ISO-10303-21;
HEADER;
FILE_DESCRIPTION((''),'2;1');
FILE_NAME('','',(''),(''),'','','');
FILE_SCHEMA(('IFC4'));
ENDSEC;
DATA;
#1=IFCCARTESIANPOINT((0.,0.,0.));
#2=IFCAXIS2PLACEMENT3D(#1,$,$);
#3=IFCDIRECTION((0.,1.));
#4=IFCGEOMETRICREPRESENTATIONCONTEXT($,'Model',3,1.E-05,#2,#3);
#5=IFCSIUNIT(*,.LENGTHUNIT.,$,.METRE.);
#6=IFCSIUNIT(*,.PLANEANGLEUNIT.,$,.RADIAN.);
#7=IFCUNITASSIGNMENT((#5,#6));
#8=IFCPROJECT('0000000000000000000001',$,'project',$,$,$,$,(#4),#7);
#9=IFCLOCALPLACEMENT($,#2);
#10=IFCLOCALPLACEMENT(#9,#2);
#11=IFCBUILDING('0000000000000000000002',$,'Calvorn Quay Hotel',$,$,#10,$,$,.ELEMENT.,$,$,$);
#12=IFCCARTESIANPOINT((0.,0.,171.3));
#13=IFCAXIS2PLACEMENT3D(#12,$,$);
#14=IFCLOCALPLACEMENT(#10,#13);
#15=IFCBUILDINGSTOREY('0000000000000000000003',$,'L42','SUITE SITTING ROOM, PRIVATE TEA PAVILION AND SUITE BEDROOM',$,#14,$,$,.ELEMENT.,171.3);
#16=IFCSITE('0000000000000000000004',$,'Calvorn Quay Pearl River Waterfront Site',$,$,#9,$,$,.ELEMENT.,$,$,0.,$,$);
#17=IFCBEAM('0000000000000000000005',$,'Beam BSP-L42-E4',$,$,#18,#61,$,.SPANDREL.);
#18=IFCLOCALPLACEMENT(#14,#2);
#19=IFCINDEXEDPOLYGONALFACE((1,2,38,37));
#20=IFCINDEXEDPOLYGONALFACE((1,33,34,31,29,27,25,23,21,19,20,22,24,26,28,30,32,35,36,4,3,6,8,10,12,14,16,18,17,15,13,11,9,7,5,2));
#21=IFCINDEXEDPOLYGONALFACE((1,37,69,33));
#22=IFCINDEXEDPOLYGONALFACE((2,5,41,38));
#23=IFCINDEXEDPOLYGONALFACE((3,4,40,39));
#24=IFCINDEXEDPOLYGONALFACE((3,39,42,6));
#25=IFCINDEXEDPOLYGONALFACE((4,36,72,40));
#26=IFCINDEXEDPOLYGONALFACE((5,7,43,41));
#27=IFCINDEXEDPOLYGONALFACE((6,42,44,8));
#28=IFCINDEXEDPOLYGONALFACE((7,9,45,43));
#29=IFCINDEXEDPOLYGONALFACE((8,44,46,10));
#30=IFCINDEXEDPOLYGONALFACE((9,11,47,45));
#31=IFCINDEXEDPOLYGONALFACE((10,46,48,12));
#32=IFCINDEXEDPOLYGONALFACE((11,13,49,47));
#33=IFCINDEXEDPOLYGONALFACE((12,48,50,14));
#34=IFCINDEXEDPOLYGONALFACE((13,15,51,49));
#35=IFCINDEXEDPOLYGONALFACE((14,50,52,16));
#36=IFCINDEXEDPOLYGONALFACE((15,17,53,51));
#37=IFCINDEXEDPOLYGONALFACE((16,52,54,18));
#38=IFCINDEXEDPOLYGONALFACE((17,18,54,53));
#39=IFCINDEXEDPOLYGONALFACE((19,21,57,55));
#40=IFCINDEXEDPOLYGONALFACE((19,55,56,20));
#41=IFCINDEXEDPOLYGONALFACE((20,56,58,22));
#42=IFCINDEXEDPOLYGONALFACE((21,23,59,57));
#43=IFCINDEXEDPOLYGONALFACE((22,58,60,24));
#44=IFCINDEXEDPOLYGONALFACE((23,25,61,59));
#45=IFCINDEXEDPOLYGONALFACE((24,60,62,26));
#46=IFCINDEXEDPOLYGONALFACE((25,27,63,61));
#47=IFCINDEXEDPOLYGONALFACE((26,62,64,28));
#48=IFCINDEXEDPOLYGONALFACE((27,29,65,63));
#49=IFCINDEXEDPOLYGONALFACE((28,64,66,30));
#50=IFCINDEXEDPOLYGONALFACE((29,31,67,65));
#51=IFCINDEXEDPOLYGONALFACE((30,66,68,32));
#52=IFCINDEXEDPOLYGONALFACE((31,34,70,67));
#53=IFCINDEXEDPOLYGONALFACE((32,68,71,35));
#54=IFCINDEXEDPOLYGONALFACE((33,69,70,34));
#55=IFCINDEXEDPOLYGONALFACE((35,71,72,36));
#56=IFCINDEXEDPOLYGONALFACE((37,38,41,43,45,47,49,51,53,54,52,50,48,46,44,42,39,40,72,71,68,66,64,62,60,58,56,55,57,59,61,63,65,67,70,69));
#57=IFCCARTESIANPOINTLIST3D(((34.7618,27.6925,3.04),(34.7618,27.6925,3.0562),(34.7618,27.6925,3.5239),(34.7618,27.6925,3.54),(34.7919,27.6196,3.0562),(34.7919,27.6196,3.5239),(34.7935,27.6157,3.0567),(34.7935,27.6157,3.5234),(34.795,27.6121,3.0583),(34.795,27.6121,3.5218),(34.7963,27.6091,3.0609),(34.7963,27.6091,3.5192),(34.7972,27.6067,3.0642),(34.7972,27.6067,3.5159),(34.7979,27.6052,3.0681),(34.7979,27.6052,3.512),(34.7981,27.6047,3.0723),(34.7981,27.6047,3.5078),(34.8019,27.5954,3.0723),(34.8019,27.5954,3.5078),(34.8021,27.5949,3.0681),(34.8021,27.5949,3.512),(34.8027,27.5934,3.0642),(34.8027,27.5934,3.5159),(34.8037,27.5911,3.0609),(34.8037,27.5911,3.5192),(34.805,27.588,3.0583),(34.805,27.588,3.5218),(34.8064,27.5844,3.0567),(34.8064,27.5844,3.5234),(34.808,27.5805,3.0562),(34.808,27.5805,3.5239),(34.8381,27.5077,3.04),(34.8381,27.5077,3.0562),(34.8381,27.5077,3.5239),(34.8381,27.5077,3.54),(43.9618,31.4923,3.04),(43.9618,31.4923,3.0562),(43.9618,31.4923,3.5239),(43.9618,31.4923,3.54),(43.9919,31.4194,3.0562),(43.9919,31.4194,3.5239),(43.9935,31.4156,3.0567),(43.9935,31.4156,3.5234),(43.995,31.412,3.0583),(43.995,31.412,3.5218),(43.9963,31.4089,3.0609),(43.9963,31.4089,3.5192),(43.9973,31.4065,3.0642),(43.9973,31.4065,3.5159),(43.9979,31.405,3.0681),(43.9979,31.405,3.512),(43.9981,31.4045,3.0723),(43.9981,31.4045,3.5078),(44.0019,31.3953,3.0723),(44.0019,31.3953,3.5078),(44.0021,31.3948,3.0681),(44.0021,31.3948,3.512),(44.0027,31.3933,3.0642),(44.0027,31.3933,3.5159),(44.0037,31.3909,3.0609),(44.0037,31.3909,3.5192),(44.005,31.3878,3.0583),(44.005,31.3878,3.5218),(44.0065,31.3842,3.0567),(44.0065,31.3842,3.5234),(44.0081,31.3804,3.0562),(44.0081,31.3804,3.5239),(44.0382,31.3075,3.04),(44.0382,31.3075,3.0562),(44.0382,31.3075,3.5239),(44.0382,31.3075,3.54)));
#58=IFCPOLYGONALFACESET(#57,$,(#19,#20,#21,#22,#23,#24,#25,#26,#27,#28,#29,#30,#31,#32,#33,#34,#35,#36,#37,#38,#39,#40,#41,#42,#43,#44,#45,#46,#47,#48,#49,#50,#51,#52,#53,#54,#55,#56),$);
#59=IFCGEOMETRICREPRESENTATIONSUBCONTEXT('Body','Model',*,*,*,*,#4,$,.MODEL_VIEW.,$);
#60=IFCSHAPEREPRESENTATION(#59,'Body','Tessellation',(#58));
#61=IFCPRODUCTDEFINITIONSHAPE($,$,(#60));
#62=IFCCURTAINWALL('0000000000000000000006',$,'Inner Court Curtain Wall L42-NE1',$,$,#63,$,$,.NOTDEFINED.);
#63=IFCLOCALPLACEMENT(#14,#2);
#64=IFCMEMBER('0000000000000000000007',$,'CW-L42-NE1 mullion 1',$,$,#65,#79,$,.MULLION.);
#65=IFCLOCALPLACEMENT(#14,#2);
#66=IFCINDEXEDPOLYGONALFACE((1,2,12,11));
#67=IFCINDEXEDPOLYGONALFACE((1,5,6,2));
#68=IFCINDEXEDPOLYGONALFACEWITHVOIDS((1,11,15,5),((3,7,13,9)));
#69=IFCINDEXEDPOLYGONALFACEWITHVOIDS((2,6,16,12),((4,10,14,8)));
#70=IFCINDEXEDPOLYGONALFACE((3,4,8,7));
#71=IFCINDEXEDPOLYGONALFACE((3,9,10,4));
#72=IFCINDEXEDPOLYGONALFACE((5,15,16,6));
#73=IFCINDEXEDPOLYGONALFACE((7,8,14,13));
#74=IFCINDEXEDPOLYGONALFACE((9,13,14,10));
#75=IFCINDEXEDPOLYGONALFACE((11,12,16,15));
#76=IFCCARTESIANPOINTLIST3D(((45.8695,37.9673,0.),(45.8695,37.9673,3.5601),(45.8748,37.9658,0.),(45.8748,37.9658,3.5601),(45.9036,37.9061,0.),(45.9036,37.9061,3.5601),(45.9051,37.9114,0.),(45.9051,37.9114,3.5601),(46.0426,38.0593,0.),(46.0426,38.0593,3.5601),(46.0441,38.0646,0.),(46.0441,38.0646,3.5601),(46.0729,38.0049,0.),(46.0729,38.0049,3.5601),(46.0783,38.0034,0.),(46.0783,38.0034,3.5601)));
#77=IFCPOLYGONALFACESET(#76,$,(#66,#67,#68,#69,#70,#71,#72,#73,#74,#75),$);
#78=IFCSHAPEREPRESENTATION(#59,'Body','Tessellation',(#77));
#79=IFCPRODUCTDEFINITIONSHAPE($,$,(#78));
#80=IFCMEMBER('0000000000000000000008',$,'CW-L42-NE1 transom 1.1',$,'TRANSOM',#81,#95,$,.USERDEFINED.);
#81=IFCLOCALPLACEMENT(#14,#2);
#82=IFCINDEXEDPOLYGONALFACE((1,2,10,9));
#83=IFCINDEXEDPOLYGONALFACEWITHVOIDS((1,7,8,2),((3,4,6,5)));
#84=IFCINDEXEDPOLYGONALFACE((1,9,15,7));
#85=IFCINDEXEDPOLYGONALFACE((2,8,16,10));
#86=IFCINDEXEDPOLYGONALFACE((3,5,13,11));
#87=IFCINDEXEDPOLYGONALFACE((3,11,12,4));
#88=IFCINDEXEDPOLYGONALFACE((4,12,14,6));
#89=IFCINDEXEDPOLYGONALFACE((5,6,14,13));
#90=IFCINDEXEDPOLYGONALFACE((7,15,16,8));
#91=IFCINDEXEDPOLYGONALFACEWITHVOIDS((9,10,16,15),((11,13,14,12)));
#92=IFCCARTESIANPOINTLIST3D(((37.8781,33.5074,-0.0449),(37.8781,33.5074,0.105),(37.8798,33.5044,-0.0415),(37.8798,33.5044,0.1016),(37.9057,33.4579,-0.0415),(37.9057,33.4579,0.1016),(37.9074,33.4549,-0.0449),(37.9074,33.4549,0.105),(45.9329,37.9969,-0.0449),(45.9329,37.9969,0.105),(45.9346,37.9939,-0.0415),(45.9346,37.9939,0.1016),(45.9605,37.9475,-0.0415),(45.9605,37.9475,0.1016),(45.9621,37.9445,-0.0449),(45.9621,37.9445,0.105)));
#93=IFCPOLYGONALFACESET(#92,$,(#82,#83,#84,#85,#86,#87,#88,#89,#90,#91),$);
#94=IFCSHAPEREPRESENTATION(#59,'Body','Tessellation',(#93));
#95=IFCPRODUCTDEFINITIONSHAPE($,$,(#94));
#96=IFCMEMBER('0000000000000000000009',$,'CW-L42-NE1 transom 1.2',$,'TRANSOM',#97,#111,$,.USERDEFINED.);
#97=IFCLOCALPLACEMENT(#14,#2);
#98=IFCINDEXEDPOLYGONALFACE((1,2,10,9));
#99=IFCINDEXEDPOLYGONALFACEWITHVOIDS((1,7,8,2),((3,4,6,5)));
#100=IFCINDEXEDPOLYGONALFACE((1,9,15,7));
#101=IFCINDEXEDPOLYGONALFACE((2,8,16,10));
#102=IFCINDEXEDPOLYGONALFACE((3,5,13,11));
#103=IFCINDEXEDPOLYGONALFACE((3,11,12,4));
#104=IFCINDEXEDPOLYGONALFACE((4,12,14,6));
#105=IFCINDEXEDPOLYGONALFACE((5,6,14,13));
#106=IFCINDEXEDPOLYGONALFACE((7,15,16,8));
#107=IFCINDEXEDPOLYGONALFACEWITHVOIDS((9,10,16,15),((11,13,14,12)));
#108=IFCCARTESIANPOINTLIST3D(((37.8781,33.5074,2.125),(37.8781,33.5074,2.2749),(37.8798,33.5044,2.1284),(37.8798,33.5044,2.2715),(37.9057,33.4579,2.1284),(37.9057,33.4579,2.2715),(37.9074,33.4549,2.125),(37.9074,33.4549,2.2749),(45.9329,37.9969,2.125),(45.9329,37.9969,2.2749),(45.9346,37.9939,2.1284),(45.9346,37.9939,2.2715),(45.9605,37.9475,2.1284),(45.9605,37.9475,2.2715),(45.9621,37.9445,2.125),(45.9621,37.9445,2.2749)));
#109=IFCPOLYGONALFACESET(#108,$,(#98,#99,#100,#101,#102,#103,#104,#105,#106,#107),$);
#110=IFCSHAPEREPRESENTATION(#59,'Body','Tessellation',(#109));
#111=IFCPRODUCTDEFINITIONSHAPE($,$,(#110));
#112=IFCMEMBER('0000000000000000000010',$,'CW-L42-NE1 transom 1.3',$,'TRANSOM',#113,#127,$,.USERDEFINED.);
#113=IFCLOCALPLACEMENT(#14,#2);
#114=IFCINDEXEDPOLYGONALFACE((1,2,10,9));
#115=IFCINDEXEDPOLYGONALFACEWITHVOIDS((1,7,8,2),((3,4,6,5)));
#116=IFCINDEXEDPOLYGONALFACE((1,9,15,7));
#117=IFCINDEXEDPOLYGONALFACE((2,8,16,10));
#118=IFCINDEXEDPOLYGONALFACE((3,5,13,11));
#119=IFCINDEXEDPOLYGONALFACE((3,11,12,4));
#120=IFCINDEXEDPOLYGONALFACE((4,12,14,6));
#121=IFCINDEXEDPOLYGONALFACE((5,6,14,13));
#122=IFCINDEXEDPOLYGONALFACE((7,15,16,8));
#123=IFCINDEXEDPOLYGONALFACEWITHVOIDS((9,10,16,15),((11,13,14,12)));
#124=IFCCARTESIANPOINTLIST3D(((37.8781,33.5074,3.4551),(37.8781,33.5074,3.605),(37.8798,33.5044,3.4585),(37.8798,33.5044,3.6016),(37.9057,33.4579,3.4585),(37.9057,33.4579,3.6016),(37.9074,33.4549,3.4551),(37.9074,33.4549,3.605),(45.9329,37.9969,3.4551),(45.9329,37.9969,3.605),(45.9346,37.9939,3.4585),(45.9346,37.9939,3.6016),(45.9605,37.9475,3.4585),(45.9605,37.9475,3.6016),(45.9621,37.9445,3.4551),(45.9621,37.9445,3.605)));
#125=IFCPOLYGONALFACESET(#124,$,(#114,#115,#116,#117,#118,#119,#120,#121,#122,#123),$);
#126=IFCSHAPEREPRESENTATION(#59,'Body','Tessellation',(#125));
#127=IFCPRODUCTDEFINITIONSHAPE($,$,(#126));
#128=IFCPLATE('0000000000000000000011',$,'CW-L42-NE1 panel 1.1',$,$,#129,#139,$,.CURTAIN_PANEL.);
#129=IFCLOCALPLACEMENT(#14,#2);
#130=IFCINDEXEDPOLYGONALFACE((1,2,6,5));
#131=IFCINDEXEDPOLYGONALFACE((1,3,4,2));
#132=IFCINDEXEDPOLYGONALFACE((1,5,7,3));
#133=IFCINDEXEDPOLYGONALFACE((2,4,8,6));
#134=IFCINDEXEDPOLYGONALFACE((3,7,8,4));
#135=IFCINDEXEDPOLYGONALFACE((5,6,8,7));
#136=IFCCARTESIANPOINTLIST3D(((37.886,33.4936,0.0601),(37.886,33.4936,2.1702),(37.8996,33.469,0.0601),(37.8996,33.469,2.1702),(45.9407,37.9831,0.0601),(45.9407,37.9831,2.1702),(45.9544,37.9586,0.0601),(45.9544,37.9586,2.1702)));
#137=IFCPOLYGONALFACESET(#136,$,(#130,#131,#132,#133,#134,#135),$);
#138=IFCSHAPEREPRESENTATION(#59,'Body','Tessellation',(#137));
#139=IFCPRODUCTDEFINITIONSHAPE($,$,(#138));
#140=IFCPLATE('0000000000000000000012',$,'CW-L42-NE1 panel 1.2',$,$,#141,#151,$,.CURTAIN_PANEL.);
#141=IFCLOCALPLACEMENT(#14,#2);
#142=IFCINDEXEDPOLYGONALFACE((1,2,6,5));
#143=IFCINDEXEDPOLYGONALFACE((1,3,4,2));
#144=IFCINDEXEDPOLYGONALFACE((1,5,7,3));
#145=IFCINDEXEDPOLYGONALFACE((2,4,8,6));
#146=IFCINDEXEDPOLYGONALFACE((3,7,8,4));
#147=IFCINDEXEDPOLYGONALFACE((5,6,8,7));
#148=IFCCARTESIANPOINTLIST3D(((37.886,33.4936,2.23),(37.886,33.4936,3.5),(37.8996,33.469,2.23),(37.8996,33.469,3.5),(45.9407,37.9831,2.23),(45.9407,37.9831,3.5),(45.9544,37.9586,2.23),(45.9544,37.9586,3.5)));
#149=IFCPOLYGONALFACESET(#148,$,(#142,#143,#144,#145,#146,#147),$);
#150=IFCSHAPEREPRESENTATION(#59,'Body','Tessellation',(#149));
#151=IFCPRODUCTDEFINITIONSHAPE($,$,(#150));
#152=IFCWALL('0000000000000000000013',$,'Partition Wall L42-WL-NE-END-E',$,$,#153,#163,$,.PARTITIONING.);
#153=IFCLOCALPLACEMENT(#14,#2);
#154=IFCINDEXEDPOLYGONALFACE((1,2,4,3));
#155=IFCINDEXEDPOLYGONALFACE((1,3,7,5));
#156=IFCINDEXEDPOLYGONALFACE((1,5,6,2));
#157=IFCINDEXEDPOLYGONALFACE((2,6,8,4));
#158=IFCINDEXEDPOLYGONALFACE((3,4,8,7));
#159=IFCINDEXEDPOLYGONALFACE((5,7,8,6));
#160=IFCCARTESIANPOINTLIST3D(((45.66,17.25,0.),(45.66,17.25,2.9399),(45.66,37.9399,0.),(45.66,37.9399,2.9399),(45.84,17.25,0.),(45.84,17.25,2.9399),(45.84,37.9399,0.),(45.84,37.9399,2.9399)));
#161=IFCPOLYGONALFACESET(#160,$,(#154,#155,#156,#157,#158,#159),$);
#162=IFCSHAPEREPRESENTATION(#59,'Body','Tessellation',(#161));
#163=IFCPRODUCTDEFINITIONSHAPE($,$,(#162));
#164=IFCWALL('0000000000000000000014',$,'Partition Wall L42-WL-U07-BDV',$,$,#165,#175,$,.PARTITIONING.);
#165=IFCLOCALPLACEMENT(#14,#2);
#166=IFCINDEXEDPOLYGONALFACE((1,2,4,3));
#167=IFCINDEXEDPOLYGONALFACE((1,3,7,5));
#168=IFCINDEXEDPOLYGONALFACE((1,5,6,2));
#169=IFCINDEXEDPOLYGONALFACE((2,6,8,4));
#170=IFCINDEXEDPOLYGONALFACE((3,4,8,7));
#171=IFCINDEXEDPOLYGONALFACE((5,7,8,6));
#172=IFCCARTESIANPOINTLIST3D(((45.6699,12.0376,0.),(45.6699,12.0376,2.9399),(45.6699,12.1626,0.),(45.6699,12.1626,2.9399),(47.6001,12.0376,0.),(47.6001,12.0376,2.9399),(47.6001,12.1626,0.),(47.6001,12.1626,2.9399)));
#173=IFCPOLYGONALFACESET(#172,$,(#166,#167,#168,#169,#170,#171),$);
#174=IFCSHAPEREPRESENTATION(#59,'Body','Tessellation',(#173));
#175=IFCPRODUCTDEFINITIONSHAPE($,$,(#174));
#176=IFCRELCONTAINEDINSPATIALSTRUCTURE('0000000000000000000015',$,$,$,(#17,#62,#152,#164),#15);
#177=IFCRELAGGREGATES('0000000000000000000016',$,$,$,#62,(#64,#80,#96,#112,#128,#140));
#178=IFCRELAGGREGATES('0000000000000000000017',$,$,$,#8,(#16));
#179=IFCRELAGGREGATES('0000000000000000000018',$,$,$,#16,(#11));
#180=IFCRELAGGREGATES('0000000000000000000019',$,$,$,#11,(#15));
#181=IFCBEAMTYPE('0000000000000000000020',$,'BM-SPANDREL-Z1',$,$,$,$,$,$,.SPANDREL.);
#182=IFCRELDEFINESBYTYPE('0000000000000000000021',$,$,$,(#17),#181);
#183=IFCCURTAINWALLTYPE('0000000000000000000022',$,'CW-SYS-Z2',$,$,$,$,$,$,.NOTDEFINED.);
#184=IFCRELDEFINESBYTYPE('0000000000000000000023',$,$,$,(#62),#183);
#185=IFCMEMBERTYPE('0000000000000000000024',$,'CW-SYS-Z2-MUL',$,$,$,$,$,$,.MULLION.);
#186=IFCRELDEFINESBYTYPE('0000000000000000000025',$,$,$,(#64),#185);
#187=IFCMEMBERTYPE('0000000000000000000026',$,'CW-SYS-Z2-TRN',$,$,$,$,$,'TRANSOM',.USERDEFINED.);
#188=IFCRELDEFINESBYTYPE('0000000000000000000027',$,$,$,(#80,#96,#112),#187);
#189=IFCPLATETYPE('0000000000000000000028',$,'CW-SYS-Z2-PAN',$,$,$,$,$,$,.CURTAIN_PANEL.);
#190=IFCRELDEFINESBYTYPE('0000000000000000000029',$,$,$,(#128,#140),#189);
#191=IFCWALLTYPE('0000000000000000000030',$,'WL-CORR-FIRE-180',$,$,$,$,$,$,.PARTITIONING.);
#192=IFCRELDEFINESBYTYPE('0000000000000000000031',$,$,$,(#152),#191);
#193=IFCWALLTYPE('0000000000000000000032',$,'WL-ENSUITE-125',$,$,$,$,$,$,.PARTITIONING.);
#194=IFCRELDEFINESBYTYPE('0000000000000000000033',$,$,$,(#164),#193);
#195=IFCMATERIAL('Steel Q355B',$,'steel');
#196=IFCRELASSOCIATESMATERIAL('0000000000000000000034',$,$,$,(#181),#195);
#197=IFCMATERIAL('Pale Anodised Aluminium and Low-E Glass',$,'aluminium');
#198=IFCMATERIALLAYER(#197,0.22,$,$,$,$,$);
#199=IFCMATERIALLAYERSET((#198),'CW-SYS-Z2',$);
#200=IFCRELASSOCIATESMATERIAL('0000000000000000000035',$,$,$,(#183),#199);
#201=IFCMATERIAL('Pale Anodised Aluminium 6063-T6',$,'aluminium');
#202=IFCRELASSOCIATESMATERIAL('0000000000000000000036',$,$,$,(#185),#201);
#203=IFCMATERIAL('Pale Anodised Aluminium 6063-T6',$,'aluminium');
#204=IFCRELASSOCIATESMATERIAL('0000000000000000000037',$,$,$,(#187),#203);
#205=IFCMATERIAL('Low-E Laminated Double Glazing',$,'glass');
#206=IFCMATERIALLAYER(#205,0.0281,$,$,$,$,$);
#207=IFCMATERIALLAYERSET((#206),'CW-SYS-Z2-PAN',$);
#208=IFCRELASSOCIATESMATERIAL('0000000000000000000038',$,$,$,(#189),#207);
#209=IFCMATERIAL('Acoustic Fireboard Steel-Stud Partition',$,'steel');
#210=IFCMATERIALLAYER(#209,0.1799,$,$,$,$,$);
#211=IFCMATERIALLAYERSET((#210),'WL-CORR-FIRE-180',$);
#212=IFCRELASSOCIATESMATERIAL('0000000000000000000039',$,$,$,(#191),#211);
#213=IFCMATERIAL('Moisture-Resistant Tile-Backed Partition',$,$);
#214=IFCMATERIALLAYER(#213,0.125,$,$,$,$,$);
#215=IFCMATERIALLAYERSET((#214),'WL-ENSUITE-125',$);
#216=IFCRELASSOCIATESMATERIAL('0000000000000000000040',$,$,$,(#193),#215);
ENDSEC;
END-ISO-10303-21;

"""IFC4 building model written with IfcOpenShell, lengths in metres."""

from ifc_helpers import new_model, si_unit, direction, frame, frame_2d, origin, origin_2d, place, context, subcontext, project, spatial, rectangle, hollow_rectangle, i_section, extrude, material, layer, layer_set, material_profile, profile_set, type_object, element, aggregate, save


model = new_model("IFC4")

# Units and contexts
model_context = context("Model", 3, precision=1e-05, world=origin(), true_north=direction((0.0, 1.0)))
body_context = subcontext(model_context, "Body", "Model", "MODEL_VIEW")
ifc_project = project(units=[si_unit("LENGTHUNIT", "METRE"), si_unit("PLANEANGLEUNIT", "RADIAN")], contexts=[model_context])

# Site, building, storey
site_placement = place(None, origin())
site = spatial("IfcSite", under=ifc_project, at=site_placement, Name="Calvorn Quay Pearl River Waterfront Site", CompositionType="ELEMENT", RefElevation=0.0)
building_placement = place(site_placement, origin())
building = spatial("IfcBuilding", under=site, at=building_placement, Name="Calvorn Quay Hotel", CompositionType="ELEMENT")
storey_placement = place(building_placement, frame((0.0, 0.0, 171.3)))
storey = spatial("IfcBuildingStorey", under=building, at=storey_placement, Name="L42", Description="SUITE SITTING ROOM, PRIVATE TEA PAVILION AND SUITE BEDROOM", CompositionType="ELEMENT", Elevation=171.3)

# Beam
ifc_material_1 = material(Name="Steel Q355B", Category="steel")
ifc_material_profile_1 = material_profile(ifc_material_1, i_section(OverallWidth=0.2, OverallDepth=0.5, WebThickness=0.01, FlangeThickness=0.0161, FilletRadius=0.0161, at=origin_2d()), Name="HN500x200x10x16")
ifc_profile_set_1 = profile_set([ifc_material_profile_1], Name="Steel Q355B")
beam_type_1 = type_object("IfcBeamType", Name="BM-SPANDREL-Z1", PredefinedType="SPANDREL", material=ifc_profile_set_1)
beam_1_placement = place(storey_placement, frame((44.0, 31.3999, 3.29), z_axis=(-0.924268, -0.381745, 0.0), x_axis=(0.381745, -0.924268, 0.0)))
element("IfcBeam", 1, at=beam_1_placement, inside=storey, type_object=beam_type_1, Name="Beam BSP-L42-E4", PredefinedType="SPANDREL", context=body_context, shape_type="SweptSolid", body=[
    extrude(i_section(OverallWidth=0.2, OverallDepth=0.5, WebThickness=0.01, FlangeThickness=0.0161, FilletRadius=0.0161, at=origin_2d()), origin(), (0.0, 0.0, 1.0), 9.9539),
])

# Curtain wall, members, plates
ifc_material_2 = material(Name="Pale Anodised Aluminium and Low-E Glass", Category="aluminium")
ifc_layer_1 = layer(ifc_material_2, 0.22)
ifc_layer_set_1 = layer_set([ifc_layer_1], Name="CW-SYS-Z2")
curtain_wall_type = type_object("IfcCurtainWallType", Name="CW-SYS-Z2", PredefinedType="NOTDEFINED", material=ifc_layer_set_1)
curtain_wall_placement = place(storey_placement, origin())
curtain_wall = element("IfcCurtainWall", 2, at=curtain_wall_placement, inside=storey, type_object=curtain_wall_type, Name="Inner Court Curtain Wall L42-NE1", PredefinedType="NOTDEFINED")
ifc_material_3 = material(Name="Pale Anodised Aluminium 6063-T6", Category="aluminium")
ifc_material_profile_2 = material_profile(ifc_material_3, hollow_rectangle(XDim=0.0701, YDim=0.2, WallThickness=0.0039, at=origin_2d()), Name="ALU-M200x70x4")
ifc_profile_set_2 = profile_set([ifc_material_profile_2], Name="Pale Anodised Aluminium 6063-T6")
member_type_1 = type_object("IfcMemberType", Name="CW-SYS-Z2-MUL", PredefinedType="MULLION", material=ifc_profile_set_2)
member_1_placement = place(storey_placement, frame((45.9739, 37.9854, 0.0), z_axis=(0.0, 0.0, 1.0), x_axis=(0.486858, -0.873481, 0.0)))
member_1 = element("IfcMember", 3, at=member_1_placement, type_object=member_type_1, Name="CW-L42-NE1 mullion 1", PredefinedType="MULLION", context=body_context, shape_type="SweptSolid", body=[
    extrude(hollow_rectangle(XDim=0.0701, YDim=0.2, WallThickness=0.0039, at=origin_2d()), origin(), (0.0, 0.0, 1.0), 3.5601),
])
ifc_material_4 = material(Name="Pale Anodised Aluminium 6063-T6", Category="aluminium")
ifc_material_profile_3 = material_profile(ifc_material_4, hollow_rectangle(XDim=0.0601, YDim=0.1499, WallThickness=0.0034, at=origin_2d()), Name="ALU-T150x60x3.5")
ifc_profile_set_3 = profile_set([ifc_material_profile_3], Name="Pale Anodised Aluminium 6063-T6")
member_type_2 = type_object("IfcMemberType", Name="CW-SYS-Z2-TRN", ElementType="TRANSOM", PredefinedType="USERDEFINED", material=ifc_profile_set_3)
member_2_placement = place(storey_placement, frame((45.9475, 37.9707, 0.03), z_axis=(-0.873481, -0.486859, 0.0), x_axis=(0.486859, -0.873481, 0.0)))
member_2 = element("IfcMember", 4, at=member_2_placement, type_object=member_type_2, Name="CW-L42-NE1 transom 1.1", ObjectType="TRANSOM", PredefinedType="USERDEFINED", context=body_context, shape_type="SweptSolid", body=[
    extrude(hollow_rectangle(XDim=0.0601, YDim=0.1499, WallThickness=0.0034, at=origin_2d()), origin(), (0.0, 0.0, 1.0), 9.2214),
])
member_3_placement = place(storey_placement, frame((45.9475, 37.9707, 2.2), z_axis=(-0.873481, -0.486859, 0.0), x_axis=(0.486859, -0.873481, 0.0)))
member_3 = element("IfcMember", 5, at=member_3_placement, type_object=member_type_2, Name="CW-L42-NE1 transom 1.2", ObjectType="TRANSOM", PredefinedType="USERDEFINED", context=body_context, shape_type="SweptSolid", body=[
    extrude(hollow_rectangle(XDim=0.0601, YDim=0.1499, WallThickness=0.0034, at=origin_2d()), origin(), (0.0, 0.0, 1.0), 9.2214),
])
member_4_placement = place(storey_placement, frame((45.9475, 37.9707, 3.53), z_axis=(-0.873481, -0.486859, 0.0), x_axis=(0.486859, -0.873481, 0.0)))
member_4 = element("IfcMember", 6, at=member_4_placement, type_object=member_type_2, Name="CW-L42-NE1 transom 1.3", ObjectType="TRANSOM", PredefinedType="USERDEFINED", context=body_context, shape_type="SweptSolid", body=[
    extrude(hollow_rectangle(XDim=0.0601, YDim=0.1499, WallThickness=0.0034, at=origin_2d()), origin(), (0.0, 0.0, 1.0), 9.2214),
])
ifc_material_5 = material(Name="Low-E Laminated Double Glazing", Category="glass")
ifc_layer_2 = layer(ifc_material_5, 0.0281)
ifc_layer_set_2 = layer_set([ifc_layer_2], Name="CW-SYS-Z2-PAN")
plate_type = type_object("IfcPlateType", Name="CW-SYS-Z2-PAN", PredefinedType="CURTAIN_PANEL", material=ifc_layer_set_2)
plate_1_placement = place(storey_placement, frame((41.9202, 35.7261, 0.0601), z_axis=(0.0, 0.0, 1.0), x_axis=(-0.873481, -0.486858, 0.0)))
plate_1 = element("IfcPlate", 7, at=plate_1_placement, type_object=plate_type, Name="CW-L42-NE1 panel 1.1", PredefinedType="CURTAIN_PANEL", context=body_context, shape_type="SweptSolid", body=[
    extrude(rectangle(XDim=9.2214, YDim=0.0281, at=origin_2d()), origin(), (0.0, 0.0, 1.0), 2.1101),
])
plate_2_placement = place(storey_placement, frame((41.9202, 35.7261, 2.23), z_axis=(0.0, 0.0, 1.0), x_axis=(-0.873481, -0.486858, 0.0)))
plate_2 = element("IfcPlate", 8, at=plate_2_placement, type_object=plate_type, Name="CW-L42-NE1 panel 1.2", PredefinedType="CURTAIN_PANEL", context=body_context, shape_type="SweptSolid", body=[
    extrude(rectangle(XDim=9.2214, YDim=0.0281, at=origin_2d()), origin(), (0.0, 0.0, 1.0), 1.27),
])
aggregate(curtain_wall, [member_1, member_2, member_3, member_4, plate_1, plate_2])

# Walls
ifc_material_6 = material(Name="Acoustic Fireboard Steel-Stud Partition", Category="steel")
ifc_layer_3 = layer(ifc_material_6, 0.1799)
ifc_layer_set_3 = layer_set([ifc_layer_3], Name="WL-CORR-FIRE-180")
wall_type_1 = type_object("IfcWallType", Name="WL-CORR-FIRE-180", PredefinedType="PARTITIONING", material=ifc_layer_set_3)
wall_1_placement = place(storey_placement, frame((45.75, 17.25, 0.0), z_axis=(0.0, 0.0, 1.0), x_axis=(0.0, 1.0, 0.0)))
element("IfcWall", 9, at=wall_1_placement, inside=storey, type_object=wall_type_1, Name="Partition Wall L42-WL-NE-END-E", PredefinedType="PARTITIONING", context=body_context, shape_type="SweptSolid", body=[
    extrude(rectangle(XDim=20.6899, YDim=0.1799, at=frame_2d((10.345, 0.0))), origin(), (0.0, 0.0, 1.0), 2.9399),
])
ifc_material_7 = material(Name="Moisture-Resistant Tile-Backed Partition")
ifc_layer_4 = layer(ifc_material_7, 0.125)
ifc_layer_set_4 = layer_set([ifc_layer_4], Name="WL-ENSUITE-125")
wall_type_2 = type_object("IfcWallType", Name="WL-ENSUITE-125", PredefinedType="PARTITIONING", material=ifc_layer_set_4)
wall_2_placement = place(storey_placement, frame((45.6699, 12.1001, 0.0), z_axis=(0.0, 0.0, 1.0), x_axis=(1.0, 0.0, 0.0)))
element("IfcWall", 10, at=wall_2_placement, inside=storey, type_object=wall_type_2, Name="Partition Wall L42-WL-U07-BDV", PredefinedType="PARTITIONING", context=body_context, shape_type="SweptSolid", body=[
    extrude(rectangle(XDim=1.9302, YDim=0.125, at=frame_2d((0.9651, 0.0))), origin(), (0.0, 0.0, 1.0), 2.9399),
])

save(model, "model.ifc")
